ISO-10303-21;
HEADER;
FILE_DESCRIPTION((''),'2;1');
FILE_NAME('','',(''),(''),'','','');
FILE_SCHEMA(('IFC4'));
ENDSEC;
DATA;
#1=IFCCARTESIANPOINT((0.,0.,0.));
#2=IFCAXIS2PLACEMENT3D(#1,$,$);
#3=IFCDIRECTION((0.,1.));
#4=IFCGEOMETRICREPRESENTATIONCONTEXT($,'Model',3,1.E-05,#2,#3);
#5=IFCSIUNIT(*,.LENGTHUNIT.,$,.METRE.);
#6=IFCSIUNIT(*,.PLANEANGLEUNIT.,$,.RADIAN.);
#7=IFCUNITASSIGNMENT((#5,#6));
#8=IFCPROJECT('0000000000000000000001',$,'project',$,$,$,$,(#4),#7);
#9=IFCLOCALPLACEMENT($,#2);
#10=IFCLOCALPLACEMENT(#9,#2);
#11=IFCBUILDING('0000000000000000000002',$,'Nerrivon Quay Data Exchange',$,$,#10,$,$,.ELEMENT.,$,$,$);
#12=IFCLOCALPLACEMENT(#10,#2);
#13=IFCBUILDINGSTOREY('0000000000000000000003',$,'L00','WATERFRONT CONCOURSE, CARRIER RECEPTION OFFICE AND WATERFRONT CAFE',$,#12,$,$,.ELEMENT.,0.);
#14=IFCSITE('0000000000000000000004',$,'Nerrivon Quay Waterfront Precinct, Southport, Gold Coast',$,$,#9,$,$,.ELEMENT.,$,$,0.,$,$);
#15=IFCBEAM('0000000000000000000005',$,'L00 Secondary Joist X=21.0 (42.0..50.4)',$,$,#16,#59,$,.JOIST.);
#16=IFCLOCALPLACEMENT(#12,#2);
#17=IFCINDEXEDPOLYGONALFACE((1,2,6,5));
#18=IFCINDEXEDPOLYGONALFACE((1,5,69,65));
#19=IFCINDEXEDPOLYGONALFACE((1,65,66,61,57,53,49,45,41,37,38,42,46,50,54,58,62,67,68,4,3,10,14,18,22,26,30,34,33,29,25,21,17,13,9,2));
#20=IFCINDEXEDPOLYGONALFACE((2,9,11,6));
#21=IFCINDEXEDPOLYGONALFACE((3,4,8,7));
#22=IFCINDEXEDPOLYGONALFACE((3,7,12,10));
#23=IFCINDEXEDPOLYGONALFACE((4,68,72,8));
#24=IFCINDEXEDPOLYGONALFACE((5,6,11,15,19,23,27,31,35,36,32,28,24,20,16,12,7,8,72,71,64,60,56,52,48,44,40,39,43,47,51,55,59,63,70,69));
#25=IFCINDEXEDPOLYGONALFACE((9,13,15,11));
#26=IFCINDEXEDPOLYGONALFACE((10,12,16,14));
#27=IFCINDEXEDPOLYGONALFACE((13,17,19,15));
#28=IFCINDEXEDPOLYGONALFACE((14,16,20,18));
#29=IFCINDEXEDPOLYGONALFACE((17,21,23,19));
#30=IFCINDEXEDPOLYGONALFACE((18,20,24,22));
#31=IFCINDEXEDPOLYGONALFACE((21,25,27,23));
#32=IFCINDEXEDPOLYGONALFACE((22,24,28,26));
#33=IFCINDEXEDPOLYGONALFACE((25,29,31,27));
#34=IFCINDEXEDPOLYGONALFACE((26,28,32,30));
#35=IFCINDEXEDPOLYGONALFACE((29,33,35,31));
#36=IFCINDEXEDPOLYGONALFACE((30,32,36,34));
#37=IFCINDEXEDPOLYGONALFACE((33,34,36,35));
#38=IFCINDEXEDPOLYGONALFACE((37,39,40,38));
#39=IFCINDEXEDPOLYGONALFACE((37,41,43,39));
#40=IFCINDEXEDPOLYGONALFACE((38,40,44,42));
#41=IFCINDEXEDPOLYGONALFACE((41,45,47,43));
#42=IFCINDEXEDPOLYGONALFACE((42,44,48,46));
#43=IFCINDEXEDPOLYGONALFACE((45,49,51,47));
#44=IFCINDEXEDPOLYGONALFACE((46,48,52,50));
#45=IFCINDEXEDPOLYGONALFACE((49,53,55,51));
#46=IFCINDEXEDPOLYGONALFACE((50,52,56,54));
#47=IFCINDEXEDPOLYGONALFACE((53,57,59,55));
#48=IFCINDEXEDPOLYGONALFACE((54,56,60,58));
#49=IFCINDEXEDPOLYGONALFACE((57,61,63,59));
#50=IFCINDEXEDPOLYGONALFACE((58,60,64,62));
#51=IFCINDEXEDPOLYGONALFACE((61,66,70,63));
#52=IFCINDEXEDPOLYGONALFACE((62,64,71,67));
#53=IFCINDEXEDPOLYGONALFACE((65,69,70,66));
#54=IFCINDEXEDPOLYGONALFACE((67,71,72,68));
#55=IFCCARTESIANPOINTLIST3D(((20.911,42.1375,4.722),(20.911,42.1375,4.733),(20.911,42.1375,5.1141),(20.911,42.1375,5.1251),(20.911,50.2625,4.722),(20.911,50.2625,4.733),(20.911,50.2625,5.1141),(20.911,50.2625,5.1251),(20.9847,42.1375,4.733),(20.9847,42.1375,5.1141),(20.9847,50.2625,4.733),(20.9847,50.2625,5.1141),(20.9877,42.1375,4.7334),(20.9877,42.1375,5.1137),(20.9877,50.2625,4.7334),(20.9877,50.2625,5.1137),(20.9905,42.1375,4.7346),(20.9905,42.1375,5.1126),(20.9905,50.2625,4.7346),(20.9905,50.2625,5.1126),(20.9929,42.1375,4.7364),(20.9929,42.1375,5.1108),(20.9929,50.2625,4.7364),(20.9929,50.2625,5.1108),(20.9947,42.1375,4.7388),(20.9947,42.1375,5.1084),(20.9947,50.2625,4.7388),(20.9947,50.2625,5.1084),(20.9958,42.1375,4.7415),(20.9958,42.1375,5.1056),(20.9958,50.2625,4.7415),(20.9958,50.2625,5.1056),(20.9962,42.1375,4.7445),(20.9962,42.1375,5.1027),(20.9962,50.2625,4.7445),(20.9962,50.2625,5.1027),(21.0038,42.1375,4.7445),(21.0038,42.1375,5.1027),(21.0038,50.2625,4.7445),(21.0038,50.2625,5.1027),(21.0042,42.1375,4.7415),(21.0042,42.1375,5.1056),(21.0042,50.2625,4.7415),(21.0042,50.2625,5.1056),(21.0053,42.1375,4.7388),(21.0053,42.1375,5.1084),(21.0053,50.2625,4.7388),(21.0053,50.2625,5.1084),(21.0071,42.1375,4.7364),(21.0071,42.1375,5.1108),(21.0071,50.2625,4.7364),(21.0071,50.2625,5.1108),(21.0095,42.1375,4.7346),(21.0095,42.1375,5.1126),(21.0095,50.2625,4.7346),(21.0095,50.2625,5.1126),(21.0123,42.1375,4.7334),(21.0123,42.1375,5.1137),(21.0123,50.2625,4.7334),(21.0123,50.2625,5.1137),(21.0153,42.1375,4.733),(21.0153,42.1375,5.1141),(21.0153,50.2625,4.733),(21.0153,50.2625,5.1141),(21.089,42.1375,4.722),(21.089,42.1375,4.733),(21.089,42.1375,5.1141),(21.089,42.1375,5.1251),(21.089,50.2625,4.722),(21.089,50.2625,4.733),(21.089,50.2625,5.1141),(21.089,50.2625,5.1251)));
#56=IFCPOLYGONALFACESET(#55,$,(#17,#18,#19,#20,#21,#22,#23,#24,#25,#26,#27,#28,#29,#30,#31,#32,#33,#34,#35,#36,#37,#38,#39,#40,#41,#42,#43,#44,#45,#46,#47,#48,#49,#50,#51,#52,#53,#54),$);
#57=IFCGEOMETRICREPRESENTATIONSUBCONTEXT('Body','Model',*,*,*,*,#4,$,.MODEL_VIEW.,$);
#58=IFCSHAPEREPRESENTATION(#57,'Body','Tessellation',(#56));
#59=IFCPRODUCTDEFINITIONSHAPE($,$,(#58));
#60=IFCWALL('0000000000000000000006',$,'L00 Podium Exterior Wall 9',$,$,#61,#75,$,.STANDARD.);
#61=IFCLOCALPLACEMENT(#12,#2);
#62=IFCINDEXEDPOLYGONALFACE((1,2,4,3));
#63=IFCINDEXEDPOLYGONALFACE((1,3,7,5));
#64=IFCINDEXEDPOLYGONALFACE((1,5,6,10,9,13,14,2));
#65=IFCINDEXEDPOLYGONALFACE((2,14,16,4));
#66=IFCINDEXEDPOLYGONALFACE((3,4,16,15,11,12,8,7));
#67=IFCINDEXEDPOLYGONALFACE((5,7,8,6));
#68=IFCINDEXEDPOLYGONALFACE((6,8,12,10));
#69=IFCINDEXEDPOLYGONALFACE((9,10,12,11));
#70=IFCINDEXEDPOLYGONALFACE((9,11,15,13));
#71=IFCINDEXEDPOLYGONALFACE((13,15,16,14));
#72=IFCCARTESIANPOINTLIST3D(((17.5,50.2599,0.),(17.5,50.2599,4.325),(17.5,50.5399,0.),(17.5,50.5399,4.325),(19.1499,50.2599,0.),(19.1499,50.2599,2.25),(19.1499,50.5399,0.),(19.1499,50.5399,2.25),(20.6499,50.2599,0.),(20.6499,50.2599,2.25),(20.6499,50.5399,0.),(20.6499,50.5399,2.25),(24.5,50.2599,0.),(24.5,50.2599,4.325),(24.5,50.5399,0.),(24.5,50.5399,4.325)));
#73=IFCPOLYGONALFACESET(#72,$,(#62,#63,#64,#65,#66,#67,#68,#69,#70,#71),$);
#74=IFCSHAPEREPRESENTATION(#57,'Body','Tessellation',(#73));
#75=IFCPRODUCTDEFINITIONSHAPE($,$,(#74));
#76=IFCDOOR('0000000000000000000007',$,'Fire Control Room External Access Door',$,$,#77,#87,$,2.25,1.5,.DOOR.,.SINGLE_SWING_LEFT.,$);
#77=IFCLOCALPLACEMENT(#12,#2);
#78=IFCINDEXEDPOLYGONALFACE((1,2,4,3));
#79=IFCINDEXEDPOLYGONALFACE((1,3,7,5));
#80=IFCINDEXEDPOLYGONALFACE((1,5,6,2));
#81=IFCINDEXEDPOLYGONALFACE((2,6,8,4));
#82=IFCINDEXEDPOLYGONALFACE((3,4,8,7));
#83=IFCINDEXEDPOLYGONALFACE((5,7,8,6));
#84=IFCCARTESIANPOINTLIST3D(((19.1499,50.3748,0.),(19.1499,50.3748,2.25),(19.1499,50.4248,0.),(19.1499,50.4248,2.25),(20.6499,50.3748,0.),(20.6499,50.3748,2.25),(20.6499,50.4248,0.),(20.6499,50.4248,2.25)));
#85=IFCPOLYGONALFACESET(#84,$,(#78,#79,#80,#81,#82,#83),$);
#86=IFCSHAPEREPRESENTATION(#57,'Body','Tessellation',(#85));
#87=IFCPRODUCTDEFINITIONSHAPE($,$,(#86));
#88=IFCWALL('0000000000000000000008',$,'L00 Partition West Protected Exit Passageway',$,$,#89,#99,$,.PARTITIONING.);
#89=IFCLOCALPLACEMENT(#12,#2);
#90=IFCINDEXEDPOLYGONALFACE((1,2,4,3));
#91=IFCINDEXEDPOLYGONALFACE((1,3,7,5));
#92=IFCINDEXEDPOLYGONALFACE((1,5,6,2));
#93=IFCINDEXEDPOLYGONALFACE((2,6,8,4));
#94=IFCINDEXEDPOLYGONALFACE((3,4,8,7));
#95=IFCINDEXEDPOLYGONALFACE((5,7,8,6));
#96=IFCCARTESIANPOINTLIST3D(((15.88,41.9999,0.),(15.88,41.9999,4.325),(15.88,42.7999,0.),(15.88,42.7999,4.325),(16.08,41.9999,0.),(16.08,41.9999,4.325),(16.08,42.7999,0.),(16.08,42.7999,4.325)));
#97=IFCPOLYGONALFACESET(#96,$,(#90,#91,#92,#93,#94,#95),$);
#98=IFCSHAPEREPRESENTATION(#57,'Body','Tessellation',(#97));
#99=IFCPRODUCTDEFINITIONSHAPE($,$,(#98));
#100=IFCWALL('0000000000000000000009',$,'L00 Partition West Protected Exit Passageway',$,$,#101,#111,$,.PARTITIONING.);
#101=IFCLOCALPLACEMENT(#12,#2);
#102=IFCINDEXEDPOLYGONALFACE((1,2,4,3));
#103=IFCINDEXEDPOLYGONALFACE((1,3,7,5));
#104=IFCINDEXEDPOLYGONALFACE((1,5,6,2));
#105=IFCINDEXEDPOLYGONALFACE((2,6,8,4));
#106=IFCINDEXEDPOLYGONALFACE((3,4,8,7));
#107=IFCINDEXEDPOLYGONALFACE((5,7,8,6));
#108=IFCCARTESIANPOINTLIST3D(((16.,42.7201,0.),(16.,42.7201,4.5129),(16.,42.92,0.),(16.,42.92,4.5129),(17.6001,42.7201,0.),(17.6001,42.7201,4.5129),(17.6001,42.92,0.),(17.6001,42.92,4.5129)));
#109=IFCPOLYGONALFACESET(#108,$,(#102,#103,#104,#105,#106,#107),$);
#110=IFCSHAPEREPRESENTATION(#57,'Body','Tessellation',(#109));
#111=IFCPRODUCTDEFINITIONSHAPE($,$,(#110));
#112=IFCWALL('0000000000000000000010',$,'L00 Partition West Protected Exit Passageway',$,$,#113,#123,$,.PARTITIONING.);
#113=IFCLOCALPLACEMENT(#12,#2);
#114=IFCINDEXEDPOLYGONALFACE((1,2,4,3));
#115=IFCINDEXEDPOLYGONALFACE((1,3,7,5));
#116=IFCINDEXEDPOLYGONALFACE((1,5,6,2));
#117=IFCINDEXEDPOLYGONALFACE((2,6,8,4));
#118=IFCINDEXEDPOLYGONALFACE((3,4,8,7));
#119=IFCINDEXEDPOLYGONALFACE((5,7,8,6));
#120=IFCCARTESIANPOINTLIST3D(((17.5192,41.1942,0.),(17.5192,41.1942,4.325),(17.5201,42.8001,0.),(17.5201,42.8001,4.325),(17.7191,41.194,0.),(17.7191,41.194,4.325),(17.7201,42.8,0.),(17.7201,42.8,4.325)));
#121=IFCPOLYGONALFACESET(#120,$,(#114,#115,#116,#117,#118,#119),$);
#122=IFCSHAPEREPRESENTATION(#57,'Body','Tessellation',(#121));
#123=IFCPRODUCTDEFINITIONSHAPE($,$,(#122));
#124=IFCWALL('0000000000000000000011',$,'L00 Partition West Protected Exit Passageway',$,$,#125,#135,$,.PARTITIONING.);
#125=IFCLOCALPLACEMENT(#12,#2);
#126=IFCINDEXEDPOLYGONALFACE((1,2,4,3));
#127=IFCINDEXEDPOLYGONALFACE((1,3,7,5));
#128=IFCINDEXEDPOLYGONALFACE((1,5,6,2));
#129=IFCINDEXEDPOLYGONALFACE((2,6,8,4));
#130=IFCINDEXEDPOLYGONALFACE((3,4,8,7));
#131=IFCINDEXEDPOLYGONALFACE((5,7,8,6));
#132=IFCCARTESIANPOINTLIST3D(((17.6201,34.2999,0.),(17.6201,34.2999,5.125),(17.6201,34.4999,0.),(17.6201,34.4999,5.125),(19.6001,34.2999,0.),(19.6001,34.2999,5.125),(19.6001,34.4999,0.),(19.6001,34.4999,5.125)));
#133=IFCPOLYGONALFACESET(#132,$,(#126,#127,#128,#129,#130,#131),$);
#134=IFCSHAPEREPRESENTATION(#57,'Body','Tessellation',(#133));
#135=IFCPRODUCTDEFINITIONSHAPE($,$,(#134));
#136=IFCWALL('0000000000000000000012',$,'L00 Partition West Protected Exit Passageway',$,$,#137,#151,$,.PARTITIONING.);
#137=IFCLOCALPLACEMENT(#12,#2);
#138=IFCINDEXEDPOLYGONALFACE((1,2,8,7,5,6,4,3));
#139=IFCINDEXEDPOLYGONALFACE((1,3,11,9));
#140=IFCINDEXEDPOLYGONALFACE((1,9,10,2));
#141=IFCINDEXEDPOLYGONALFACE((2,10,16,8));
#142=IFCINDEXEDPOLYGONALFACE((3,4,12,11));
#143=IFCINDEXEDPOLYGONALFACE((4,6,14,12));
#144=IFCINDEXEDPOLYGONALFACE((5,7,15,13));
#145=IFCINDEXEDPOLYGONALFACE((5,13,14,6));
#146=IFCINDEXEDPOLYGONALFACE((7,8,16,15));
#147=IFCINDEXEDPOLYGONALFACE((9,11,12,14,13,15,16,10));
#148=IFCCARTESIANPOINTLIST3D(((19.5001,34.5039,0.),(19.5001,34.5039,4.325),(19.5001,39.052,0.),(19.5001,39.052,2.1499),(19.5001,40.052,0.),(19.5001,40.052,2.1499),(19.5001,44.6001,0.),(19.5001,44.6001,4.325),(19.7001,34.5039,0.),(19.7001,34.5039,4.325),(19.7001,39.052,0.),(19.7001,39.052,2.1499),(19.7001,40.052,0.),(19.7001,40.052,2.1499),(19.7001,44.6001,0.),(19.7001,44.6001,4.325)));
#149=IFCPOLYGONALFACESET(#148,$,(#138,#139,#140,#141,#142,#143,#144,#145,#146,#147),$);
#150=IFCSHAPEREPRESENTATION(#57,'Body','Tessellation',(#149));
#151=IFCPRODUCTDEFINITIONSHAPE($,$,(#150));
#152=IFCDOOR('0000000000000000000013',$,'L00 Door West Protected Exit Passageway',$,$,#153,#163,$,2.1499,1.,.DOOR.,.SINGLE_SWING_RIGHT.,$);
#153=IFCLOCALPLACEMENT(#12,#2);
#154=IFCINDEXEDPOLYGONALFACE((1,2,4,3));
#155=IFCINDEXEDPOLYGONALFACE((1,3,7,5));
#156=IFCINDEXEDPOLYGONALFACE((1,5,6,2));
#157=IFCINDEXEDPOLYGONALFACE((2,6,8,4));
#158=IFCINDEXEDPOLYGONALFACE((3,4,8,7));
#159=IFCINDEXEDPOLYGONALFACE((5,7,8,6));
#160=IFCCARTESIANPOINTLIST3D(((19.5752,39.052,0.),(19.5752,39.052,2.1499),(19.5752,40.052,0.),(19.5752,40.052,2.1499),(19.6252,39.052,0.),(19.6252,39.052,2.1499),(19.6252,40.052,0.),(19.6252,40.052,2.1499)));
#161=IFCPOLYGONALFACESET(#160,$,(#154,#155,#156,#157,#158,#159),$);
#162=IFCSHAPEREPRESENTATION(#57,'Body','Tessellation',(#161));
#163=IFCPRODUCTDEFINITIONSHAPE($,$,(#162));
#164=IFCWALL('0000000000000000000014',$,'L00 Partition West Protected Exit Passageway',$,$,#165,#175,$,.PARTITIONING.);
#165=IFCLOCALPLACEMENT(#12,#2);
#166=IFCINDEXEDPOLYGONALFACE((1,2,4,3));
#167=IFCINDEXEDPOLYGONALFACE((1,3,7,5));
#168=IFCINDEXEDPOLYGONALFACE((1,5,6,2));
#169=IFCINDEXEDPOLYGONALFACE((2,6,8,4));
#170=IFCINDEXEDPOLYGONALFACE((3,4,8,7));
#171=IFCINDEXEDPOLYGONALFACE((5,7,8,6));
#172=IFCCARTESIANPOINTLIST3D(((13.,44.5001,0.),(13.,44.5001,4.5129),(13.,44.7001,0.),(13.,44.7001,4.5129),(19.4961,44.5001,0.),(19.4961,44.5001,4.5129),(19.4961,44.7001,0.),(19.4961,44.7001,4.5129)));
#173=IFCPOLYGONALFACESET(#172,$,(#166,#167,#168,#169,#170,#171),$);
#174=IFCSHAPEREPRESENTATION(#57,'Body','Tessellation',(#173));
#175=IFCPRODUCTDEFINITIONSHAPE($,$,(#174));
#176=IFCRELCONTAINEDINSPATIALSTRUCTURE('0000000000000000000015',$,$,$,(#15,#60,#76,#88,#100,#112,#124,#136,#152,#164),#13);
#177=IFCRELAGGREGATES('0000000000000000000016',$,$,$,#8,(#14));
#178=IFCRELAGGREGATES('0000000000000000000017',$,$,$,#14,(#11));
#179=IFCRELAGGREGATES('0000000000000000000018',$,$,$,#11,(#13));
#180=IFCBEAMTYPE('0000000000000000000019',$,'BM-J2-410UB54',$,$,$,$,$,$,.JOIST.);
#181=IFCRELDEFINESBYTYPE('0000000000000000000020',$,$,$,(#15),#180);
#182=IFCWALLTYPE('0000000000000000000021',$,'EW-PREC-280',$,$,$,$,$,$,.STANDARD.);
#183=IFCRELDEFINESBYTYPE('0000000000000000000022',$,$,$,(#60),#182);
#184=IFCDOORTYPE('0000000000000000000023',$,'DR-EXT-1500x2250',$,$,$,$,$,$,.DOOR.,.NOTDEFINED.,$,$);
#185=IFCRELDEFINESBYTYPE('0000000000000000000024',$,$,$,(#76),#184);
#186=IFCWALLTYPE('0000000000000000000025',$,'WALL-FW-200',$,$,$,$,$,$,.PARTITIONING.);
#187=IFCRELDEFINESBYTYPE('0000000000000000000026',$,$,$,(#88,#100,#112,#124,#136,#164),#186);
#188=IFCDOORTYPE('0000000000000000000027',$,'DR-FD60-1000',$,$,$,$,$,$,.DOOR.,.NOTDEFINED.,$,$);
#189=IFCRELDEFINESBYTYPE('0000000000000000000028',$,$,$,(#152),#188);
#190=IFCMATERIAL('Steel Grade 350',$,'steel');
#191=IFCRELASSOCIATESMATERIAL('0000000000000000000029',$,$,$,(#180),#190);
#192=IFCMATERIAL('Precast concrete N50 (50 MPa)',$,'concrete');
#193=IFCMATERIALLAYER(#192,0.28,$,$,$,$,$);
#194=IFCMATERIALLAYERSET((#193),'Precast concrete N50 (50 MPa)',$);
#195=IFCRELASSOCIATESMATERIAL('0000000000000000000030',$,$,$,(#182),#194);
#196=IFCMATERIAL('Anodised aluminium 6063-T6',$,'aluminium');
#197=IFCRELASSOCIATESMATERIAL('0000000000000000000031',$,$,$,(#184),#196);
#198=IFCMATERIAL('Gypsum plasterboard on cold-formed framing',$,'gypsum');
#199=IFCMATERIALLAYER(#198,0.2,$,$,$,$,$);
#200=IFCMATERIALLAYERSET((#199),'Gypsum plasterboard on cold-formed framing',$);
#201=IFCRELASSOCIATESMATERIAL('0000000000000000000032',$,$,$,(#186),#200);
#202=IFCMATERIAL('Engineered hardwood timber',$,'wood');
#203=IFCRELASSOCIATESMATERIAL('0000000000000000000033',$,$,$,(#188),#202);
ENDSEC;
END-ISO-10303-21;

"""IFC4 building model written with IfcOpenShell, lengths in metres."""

from ifc_helpers import new_model, si_unit, direction, frame, frame_2d, origin, origin_2d, place, context, subcontext, project, spatial, rectangle, i_section, extrude, material, layer, layer_set, material_profile, profile_set, type_object, element, fill, save


model = new_model("IFC4")

# Units and contexts
model_context = context("Model", 3, precision=1e-05, world=origin(), true_north=direction((0.0, 1.0)))
body_context = subcontext(model_context, "Body", "Model", "MODEL_VIEW")
ifc_project = project(units=[si_unit("LENGTHUNIT", "METRE"), si_unit("PLANEANGLEUNIT", "RADIAN")], contexts=[model_context])

# Site, building, storey
site_placement = place(None, origin())
site = spatial("IfcSite", under=ifc_project, at=site_placement, Name="Nerrivon Quay Waterfront Precinct, Southport, Gold Coast", CompositionType="ELEMENT", RefElevation=0.0)
building_placement = place(site_placement, origin())
building = spatial("IfcBuilding", under=site, at=building_placement, Name="Nerrivon Quay Data Exchange", CompositionType="ELEMENT")
storey_placement = place(building_placement, origin())
storey = spatial("IfcBuildingStorey", under=building, at=storey_placement, Name="L00", Description="WATERFRONT CONCOURSE, CARRIER RECEPTION OFFICE AND WATERFRONT CAFE", CompositionType="ELEMENT", Elevation=0.0)

# Beam
ifc_material_1 = material(Name="Steel Grade 350", Category="steel")
ifc_material_profile_1 = material_profile(ifc_material_1, i_section(OverallWidth=0.178, OverallDepth=0.4031, WebThickness=0.0076, FlangeThickness=0.011, FilletRadius=0.0115, at=origin_2d()), Name="410UB53.7")
ifc_profile_set_1 = profile_set([ifc_material_profile_1], Name="Steel Grade 350")
beam_type_1 = type_object("IfcBeamType", Name="BM-J2-410UB54", PredefinedType="JOIST", material=ifc_profile_set_1)
for number, where, z_axis, x_axis, name in (
    (1, (21.0, 42.1375, 4.9236), (0.0, 1.0, 0.0), (-1.0, 0.0, 0.0), "L00 Secondary Joist X=21.0 (42.0..50.4)"),
):
    element("IfcBeam", number, at=place(storey_placement, frame(where, z_axis=z_axis, x_axis=x_axis)), inside=storey, type_object=beam_type_1, Name=name, PredefinedType="JOIST", context=body_context, shape_type="SweptSolid", body=[
        extrude(i_section(OverallWidth=0.178, OverallDepth=0.4031, WebThickness=0.0076, FlangeThickness=0.011, FilletRadius=0.0115, at=origin_2d()), origin(), (0.0, 0.0, 1.0), 8.125),
    ])

# Wall, opening, door
ifc_material_2 = material(Name="Precast concrete N50 (50 MPa)", Category="concrete")
ifc_layer_1 = layer(ifc_material_2, 0.28)
ifc_layer_set_1 = layer_set([ifc_layer_1], Name="Precast concrete N50 (50 MPa)")
wall_type_1 = type_object("IfcWallType", Name="EW-PREC-280", PredefinedType="STANDARD", material=ifc_layer_set_1)
wall_1_placement = place(storey_placement, frame((17.5, 50.3999, 0.0), z_axis=(0.0, 0.0, 1.0), x_axis=(1.0, 0.0, 0.0)))
wall_1 = element("IfcWall", 2, at=wall_1_placement, inside=storey, type_object=wall_type_1, Name="L00 Podium Exterior Wall 9", PredefinedType="STANDARD", context=body_context, shape_type="SweptSolid", body=[
    extrude(rectangle(XDim=7.0, YDim=0.28, at=frame_2d((3.5, 0.0))), origin(), (0.0, 0.0, 1.0), 4.325),
])
opening_1_placement = place(wall_1_placement, frame((1.6499, 0.0, 0.0)))
opening_1 = element("IfcOpeningElement", 3, at=opening_1_placement, cuts=wall_1, PredefinedType="OPENING", context=body_context, shape_type="SweptSolid", body=[
    extrude(rectangle(XDim=1.5, YDim=2.25, at=frame_2d((0.75, 1.125))), frame((0.0, 0.1499, 0.0), z_axis=(0.0, -1.0, 0.0), x_axis=(1.0, 0.0, 0.0)), (0.0, 0.0, 1.0), 0.3),
])
ifc_material_3 = material(Name="Anodised aluminium 6063-T6", Category="aluminium")
door_type_1 = type_object("IfcDoorType", Name="DR-EXT-1500x2250", OperationType="NOTDEFINED", PredefinedType="DOOR", material=ifc_material_3)
door_1_placement = place(opening_1_placement, origin())
door_1 = element("IfcDoor", 4, at=door_1_placement, inside=storey, type_object=door_type_1, Name="Fire Control Room External Access Door", OperationType="SINGLE_SWING_LEFT", OverallHeight=2.25, OverallWidth=1.5, PredefinedType="DOOR", context=body_context, shape_type="SweptSolid", body=[
    extrude(rectangle(XDim=1.5, YDim=2.25, at=frame_2d((0.75, 1.125))), frame((0.0, 0.0249, 0.0), z_axis=(0.0, -1.0, 0.0), x_axis=(1.0, 0.0, 0.0)), (0.0, 0.0, 1.0), 0.05),
])
fill(opening_1, door_1)

# Walls
ifc_material_4 = material(Name="Gypsum plasterboard on cold-formed framing", Category="gypsum")
ifc_layer_2 = layer(ifc_material_4, 0.2)
ifc_layer_set_2 = layer_set([ifc_layer_2], Name="Gypsum plasterboard on cold-formed framing")
wall_type_2 = type_object("IfcWallType", Name="WALL-FW-200", PredefinedType="PARTITIONING", material=ifc_layer_set_2)
wall_2_placement = place(storey_placement, frame((15.98, 42.0, 0.0), z_axis=(0.0, 0.0, 1.0), x_axis=(0.0, 1.0, 0.0)))
element("IfcWall", 5, at=wall_2_placement, inside=storey, type_object=wall_type_2, Name="L00 Partition West Protected Exit Passageway", PredefinedType="PARTITIONING", context=body_context, shape_type="SweptSolid", body=[
    extrude(rectangle(XDim=0.8, YDim=0.2, at=frame_2d((0.3999, 0.0))), origin(), (0.0, 0.0, 1.0), 4.325),
])
wall_3_placement = place(storey_placement, frame((16.0, 42.8201, 0.0), z_axis=(0.0, 0.0, 1.0), x_axis=(1.0, 0.0, 0.0)))
element("IfcWall", 6, at=wall_3_placement, inside=storey, type_object=wall_type_2, Name="L00 Partition West Protected Exit Passageway", PredefinedType="PARTITIONING", context=body_context, shape_type="SweptSolid", body=[
    extrude(rectangle(XDim=1.6001, YDim=0.2, at=frame_2d((0.8, 0.0))), origin(), (0.0, 0.0, 1.0), 4.5129),
])
wall_4_placement = place(storey_placement, frame((17.6201, 42.8, 0.0), z_axis=(0.0, 0.0, 1.0), x_axis=(-0.000608, -1.0, 0.0)))
element("IfcWall", 7, at=wall_4_placement, inside=storey, type_object=wall_type_2, Name="L00 Partition West Protected Exit Passageway", PredefinedType="PARTITIONING", context=body_context, shape_type="SweptSolid", body=[
    extrude(rectangle(XDim=1.606, YDim=0.2, at=frame_2d((0.803, 0.0))), origin(), (0.0, 0.0, 1.0), 4.325),
])
wall_5_placement = place(storey_placement, frame((17.6201, 34.3999, 0.0), z_axis=(0.0, 0.0, 1.0), x_axis=(1.0, 0.0, 0.0)))
element("IfcWall", 8, at=wall_5_placement, inside=storey, type_object=wall_type_2, Name="L00 Partition West Protected Exit Passageway", PredefinedType="PARTITIONING", context=body_context, shape_type="SweptSolid", body=[
    extrude(rectangle(XDim=1.98, YDim=0.2, at=frame_2d((0.99, 0.0))), origin(), (0.0, 0.0, 1.0), 5.125),
])

# Wall, opening, door
wall_6_placement = place(storey_placement, frame((19.6001, 34.5039, 0.0), z_axis=(0.0, 0.0, 1.0), x_axis=(0.0, 1.0, 0.0)))
wall_6 = element("IfcWall", 9, at=wall_6_placement, inside=storey, type_object=wall_type_2, Name="L00 Partition West Protected Exit Passageway", PredefinedType="PARTITIONING", context=body_context, shape_type="SweptSolid", body=[
    extrude(rectangle(XDim=10.0962, YDim=0.2, at=frame_2d((5.0481, 0.0))), origin(), (0.0, 0.0, 1.0), 4.325),
])
opening_2_placement = place(wall_6_placement, frame((4.5481, 0.0, 0.0)))
opening_2 = element("IfcOpeningElement", 10, at=opening_2_placement, cuts=wall_6, PredefinedType="OPENING", context=body_context, shape_type="SweptSolid", body=[
    extrude(rectangle(XDim=1.0, YDim=2.1499, at=frame_2d((0.5, 1.075))), frame((0.0, 0.1099, 0.0), z_axis=(0.0, -1.0, 0.0), x_axis=(1.0, 0.0, 0.0)), (0.0, 0.0, 1.0), 0.22),
])
ifc_material_5 = material(Name="Engineered hardwood timber", Category="wood")
door_type_2 = type_object("IfcDoorType", Name="DR-FD60-1000", OperationType="NOTDEFINED", PredefinedType="DOOR", material=ifc_material_5)
door_2_placement = place(opening_2_placement, origin())
door_2 = element("IfcDoor", 11, at=door_2_placement, inside=storey, type_object=door_type_2, Name="L00 Door West Protected Exit Passageway", OperationType="SINGLE_SWING_RIGHT", OverallHeight=2.1499, OverallWidth=1.0, PredefinedType="DOOR", context=body_context, shape_type="SweptSolid", body=[
    extrude(rectangle(XDim=1.0, YDim=2.1499, at=frame_2d((0.5, 1.075))), frame((0.0, 0.0249, 0.0), z_axis=(0.0, -1.0, 0.0), x_axis=(1.0, 0.0, 0.0)), (0.0, 0.0, 1.0), 0.05),
])
fill(opening_2, door_2)

# Wall
wall_7_placement = place(storey_placement, frame((19.4961, 44.6001, 0.0), z_axis=(0.0, 0.0, 1.0), x_axis=(-1.0, 0.0, 0.0)))
element("IfcWall", 12, at=wall_7_placement, inside=storey, type_object=wall_type_2, Name="L00 Partition West Protected Exit Passageway", PredefinedType="PARTITIONING", context=body_context, shape_type="SweptSolid", body=[
    extrude(rectangle(XDim=6.4961, YDim=0.2, at=frame_2d((3.248, 0.0))), origin(), (0.0, 0.0, 1.0), 4.5129),
])

save(model, "model.ifc")
